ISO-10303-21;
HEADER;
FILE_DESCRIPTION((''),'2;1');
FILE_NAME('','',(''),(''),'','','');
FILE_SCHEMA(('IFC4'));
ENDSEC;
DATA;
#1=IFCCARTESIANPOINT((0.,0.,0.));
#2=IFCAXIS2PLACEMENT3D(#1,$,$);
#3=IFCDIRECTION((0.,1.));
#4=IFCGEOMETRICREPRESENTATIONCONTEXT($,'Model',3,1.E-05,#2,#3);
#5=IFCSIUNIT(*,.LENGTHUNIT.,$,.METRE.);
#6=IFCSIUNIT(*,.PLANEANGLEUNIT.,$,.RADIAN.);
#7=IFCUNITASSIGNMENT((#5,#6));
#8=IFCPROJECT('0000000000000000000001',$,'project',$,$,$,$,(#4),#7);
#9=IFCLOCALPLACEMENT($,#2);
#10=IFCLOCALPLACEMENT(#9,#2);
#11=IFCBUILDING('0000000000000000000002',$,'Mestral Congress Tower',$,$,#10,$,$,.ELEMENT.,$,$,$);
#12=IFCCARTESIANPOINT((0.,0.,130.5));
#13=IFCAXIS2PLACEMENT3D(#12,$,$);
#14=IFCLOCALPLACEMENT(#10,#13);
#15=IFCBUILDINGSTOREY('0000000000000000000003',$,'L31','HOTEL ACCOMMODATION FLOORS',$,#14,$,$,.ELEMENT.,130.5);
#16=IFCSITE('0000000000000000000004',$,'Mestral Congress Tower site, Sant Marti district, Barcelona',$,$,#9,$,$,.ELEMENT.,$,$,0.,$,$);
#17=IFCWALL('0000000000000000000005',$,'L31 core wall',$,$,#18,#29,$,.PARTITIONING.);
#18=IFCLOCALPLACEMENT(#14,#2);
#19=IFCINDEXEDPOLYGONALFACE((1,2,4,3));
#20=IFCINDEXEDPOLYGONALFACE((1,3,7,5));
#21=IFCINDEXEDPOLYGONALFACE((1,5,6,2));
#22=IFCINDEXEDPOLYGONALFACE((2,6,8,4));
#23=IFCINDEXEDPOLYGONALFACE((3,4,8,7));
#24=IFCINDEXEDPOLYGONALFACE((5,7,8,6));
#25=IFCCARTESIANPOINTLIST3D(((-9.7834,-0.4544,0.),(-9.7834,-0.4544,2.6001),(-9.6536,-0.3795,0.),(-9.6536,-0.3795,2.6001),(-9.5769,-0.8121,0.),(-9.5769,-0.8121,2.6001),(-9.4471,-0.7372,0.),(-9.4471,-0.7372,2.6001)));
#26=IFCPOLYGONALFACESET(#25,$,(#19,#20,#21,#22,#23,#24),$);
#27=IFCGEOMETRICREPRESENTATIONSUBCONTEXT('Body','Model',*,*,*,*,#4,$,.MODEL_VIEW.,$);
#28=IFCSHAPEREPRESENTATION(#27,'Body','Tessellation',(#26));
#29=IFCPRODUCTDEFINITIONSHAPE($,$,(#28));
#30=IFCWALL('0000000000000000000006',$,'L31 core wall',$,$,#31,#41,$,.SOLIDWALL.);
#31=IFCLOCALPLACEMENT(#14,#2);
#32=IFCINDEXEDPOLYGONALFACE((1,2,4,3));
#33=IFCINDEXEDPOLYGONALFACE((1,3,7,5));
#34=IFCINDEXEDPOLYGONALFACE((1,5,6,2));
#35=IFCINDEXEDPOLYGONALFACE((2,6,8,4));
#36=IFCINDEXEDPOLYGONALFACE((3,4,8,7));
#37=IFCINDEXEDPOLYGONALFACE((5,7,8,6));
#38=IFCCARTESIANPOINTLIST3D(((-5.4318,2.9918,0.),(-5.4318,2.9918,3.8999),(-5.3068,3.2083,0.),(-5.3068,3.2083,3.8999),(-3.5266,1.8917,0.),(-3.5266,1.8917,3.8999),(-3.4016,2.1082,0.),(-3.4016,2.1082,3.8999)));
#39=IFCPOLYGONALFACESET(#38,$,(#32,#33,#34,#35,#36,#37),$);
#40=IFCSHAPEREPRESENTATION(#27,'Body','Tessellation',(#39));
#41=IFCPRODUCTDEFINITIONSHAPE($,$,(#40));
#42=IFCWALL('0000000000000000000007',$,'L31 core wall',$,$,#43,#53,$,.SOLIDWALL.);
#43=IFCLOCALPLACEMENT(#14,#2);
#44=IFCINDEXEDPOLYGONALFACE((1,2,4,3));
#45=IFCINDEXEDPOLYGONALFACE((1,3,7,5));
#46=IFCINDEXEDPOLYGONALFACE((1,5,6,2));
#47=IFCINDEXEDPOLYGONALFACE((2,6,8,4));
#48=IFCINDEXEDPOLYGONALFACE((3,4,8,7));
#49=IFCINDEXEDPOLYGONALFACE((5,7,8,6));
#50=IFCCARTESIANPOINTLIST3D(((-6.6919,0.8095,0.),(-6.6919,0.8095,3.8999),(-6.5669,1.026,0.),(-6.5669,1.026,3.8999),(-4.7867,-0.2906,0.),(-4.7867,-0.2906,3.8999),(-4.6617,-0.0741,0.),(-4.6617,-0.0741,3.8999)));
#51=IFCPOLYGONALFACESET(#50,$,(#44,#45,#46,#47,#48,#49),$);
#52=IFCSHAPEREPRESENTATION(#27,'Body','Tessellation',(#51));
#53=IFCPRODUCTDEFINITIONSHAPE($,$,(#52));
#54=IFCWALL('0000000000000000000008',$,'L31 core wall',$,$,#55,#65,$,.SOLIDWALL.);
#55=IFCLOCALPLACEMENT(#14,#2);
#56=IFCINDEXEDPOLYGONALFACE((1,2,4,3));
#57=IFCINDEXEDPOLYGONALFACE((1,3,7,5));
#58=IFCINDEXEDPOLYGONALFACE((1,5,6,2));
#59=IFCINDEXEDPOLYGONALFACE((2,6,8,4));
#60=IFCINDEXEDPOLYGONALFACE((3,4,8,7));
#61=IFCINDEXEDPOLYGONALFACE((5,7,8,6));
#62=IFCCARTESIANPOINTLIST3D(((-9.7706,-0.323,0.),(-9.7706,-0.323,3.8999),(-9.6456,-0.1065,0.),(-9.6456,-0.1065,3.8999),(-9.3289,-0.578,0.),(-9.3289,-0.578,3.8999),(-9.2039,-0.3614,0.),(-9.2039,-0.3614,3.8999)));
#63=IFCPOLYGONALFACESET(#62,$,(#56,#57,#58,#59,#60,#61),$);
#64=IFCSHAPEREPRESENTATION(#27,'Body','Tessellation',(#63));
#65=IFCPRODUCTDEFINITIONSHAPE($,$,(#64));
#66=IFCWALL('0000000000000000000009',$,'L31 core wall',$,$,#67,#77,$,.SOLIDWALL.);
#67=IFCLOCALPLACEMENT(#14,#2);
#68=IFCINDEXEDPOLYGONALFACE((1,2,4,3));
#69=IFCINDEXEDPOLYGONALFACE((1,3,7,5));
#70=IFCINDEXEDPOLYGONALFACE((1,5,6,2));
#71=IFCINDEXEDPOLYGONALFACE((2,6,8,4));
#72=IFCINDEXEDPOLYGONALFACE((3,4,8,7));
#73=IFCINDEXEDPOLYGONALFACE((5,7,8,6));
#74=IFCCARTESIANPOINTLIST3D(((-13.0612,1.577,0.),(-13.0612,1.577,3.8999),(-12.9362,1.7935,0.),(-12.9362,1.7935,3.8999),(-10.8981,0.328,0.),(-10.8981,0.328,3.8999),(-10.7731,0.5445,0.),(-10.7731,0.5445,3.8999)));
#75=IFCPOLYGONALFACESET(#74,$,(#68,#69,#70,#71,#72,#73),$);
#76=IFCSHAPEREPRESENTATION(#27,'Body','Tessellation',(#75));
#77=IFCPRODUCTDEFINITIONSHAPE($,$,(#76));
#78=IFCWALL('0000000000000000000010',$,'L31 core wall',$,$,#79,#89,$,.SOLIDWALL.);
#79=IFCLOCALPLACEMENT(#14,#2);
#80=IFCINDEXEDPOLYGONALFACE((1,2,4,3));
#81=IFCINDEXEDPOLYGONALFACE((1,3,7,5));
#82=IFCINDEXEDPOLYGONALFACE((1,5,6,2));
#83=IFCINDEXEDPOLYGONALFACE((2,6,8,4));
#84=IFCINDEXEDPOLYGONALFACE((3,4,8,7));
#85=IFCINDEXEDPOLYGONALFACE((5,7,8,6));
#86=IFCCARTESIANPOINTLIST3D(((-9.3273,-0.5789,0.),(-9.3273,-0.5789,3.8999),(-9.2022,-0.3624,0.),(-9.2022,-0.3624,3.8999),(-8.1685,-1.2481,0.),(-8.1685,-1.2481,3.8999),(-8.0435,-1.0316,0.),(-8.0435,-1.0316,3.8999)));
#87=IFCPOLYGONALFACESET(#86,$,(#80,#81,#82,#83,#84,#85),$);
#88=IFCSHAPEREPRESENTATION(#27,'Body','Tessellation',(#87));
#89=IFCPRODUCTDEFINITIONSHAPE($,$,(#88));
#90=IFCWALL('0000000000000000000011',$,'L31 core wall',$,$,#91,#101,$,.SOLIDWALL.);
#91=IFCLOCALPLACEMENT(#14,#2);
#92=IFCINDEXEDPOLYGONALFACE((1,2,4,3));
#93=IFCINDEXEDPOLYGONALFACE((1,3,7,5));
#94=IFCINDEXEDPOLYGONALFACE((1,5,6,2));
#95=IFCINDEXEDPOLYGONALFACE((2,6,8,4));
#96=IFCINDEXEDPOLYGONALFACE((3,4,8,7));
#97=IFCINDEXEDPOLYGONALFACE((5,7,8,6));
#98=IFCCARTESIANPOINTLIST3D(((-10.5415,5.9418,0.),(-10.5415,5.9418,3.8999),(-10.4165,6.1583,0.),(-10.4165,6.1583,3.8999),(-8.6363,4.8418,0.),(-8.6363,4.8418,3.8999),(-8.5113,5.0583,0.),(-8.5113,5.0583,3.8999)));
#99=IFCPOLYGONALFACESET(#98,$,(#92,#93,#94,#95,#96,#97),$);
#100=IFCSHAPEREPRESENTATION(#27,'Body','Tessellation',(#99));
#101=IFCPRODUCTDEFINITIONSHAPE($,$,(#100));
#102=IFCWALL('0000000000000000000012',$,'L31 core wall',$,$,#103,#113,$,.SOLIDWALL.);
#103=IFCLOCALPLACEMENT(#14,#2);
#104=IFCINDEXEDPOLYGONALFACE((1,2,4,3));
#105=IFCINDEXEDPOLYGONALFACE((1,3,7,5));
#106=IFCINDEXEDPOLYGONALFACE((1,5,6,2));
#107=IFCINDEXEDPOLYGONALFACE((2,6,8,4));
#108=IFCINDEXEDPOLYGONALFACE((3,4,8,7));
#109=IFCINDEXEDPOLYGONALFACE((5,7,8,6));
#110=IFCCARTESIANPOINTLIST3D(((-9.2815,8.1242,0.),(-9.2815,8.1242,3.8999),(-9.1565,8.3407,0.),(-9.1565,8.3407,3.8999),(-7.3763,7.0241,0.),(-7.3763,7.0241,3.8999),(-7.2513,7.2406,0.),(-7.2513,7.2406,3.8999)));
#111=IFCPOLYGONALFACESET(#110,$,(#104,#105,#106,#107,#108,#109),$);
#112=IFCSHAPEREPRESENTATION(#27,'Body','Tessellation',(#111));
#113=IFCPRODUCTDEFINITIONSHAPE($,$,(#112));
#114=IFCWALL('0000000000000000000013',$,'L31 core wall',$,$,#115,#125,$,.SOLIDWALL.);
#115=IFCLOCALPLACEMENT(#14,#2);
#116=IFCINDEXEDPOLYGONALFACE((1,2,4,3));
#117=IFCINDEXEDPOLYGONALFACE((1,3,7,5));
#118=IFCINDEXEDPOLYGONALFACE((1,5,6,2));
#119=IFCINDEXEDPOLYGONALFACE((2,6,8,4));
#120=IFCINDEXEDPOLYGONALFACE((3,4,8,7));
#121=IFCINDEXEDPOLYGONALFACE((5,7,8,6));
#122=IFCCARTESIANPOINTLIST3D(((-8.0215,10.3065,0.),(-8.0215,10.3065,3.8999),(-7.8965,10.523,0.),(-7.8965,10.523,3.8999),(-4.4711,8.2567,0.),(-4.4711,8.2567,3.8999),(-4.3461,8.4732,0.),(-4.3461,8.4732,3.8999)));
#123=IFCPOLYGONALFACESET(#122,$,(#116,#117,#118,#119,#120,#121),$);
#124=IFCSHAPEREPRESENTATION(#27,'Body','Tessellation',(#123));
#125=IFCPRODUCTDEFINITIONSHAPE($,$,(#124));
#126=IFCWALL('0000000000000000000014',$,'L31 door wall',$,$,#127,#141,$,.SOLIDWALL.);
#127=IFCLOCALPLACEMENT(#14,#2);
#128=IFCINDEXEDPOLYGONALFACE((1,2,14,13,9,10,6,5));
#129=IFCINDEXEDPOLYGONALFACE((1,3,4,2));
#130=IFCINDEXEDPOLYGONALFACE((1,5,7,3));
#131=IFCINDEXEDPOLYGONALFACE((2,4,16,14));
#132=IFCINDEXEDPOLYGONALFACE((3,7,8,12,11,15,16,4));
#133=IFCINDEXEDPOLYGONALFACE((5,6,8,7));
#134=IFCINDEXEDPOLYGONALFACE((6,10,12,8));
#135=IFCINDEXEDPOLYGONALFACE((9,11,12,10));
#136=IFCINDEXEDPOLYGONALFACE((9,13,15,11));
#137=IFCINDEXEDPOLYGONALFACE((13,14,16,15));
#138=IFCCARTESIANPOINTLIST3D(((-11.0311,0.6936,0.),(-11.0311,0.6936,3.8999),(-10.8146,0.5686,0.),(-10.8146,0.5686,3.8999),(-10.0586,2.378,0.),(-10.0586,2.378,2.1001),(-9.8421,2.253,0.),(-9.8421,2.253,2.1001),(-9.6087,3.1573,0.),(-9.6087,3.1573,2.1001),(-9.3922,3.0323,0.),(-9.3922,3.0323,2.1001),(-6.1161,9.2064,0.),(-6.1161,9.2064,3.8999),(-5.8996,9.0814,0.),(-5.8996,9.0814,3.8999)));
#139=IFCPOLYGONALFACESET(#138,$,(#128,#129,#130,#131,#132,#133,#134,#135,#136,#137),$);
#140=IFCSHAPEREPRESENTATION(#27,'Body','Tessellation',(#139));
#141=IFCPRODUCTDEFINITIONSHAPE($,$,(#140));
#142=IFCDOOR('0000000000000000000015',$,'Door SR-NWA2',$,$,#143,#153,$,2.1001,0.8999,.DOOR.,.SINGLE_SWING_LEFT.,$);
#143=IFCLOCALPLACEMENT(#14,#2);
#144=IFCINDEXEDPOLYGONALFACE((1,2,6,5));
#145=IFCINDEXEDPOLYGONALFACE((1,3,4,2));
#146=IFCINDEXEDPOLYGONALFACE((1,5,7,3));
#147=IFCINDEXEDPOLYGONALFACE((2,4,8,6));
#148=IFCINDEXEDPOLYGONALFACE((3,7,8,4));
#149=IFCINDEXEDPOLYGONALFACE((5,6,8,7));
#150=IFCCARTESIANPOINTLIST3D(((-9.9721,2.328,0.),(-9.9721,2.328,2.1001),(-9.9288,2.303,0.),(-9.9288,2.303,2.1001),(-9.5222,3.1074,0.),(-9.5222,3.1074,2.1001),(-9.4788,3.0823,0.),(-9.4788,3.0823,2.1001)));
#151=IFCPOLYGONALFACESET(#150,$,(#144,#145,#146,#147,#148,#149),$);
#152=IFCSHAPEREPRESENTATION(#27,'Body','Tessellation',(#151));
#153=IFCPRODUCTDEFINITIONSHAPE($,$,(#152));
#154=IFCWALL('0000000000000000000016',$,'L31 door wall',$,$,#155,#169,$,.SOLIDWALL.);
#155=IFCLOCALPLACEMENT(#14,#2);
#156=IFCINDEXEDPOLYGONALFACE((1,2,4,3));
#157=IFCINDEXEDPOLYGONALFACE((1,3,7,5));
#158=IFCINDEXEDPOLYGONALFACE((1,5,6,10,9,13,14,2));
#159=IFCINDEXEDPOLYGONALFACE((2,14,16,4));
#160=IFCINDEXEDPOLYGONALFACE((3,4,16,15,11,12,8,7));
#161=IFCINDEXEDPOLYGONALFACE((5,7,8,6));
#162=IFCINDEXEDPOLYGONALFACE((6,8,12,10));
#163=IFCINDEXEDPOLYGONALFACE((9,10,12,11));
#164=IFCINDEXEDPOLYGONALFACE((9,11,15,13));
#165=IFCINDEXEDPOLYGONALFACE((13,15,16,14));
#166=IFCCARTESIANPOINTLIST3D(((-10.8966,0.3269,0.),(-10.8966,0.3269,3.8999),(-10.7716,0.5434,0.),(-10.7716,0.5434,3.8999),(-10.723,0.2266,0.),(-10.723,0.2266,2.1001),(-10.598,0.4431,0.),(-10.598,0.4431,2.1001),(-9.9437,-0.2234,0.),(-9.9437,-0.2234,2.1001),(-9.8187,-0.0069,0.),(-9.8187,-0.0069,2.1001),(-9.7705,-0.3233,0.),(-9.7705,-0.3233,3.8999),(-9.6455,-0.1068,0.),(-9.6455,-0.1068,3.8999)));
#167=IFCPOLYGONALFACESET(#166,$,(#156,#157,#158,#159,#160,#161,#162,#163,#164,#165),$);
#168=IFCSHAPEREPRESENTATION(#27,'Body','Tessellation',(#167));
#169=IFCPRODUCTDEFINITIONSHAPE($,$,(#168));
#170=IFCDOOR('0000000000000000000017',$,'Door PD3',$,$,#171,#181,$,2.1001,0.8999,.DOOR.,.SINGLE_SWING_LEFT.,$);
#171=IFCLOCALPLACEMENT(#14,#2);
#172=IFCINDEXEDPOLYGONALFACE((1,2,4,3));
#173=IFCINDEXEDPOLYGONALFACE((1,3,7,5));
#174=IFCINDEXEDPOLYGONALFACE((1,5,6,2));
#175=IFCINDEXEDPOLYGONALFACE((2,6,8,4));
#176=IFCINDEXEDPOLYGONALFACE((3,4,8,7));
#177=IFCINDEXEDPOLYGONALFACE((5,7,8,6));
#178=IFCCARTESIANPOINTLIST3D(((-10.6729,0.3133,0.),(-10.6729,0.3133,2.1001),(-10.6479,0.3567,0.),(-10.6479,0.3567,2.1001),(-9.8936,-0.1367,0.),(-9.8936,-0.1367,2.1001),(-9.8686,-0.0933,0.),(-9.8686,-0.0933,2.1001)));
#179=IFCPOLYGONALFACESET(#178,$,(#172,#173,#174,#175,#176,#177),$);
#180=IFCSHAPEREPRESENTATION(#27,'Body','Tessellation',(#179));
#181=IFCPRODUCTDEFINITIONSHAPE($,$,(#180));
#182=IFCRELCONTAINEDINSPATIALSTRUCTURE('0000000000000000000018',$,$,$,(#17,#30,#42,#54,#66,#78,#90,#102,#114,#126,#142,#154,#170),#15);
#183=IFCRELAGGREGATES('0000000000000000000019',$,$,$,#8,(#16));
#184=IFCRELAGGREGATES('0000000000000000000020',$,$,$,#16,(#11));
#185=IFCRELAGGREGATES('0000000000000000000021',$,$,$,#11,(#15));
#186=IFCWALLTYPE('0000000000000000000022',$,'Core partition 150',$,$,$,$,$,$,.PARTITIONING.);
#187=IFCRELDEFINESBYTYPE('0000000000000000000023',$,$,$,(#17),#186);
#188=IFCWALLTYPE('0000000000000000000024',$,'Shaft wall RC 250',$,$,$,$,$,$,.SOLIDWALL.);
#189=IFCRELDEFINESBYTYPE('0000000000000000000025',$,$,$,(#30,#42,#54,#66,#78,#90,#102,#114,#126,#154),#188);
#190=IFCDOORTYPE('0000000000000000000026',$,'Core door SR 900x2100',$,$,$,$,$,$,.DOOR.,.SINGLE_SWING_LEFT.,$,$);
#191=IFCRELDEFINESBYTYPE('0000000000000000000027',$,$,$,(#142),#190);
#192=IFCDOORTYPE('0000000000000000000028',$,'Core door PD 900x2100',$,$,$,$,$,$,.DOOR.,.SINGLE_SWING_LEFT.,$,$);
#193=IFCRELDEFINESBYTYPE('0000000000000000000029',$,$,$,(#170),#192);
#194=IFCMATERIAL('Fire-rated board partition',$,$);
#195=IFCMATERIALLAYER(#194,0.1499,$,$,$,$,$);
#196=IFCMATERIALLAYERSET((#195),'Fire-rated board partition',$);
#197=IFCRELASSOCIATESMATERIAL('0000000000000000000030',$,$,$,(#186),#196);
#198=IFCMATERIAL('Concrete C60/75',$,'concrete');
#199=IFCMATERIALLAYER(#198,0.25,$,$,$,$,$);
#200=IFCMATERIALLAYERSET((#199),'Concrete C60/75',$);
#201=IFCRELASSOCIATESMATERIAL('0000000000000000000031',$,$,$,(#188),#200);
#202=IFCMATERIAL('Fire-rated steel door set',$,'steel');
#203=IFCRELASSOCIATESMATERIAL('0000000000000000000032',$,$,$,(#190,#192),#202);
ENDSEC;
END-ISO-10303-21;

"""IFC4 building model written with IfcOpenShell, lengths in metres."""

from ifc_helpers import new_model, si_unit, direction, frame, frame_2d, origin, place, context, subcontext, project, spatial, rectangle, extrude, material, layer, layer_set, type_object, element, fill, save


model = new_model("IFC4")

# Units and contexts
model_context = context("Model", 3, precision=1e-05, world=origin(), true_north=direction((0.0, 1.0)))
body_context = subcontext(model_context, "Body", "Model", "MODEL_VIEW")
ifc_project = project(units=[si_unit("LENGTHUNIT", "METRE"), si_unit("PLANEANGLEUNIT", "RADIAN")], contexts=[model_context])

# Site, building, storey
site_placement = place(None, origin())
site = spatial("IfcSite", under=ifc_project, at=site_placement, Name="Mestral Congress Tower site, Sant Marti district, Barcelona", CompositionType="ELEMENT", RefElevation=0.0)
building_placement = place(site_placement, origin())
building = spatial("IfcBuilding", under=site, at=building_placement, Name="Mestral Congress Tower", CompositionType="ELEMENT")
storey_placement = place(building_placement, frame((0.0, 0.0, 130.5)))
storey = spatial("IfcBuildingStorey", under=building, at=storey_placement, Name="L31", Description="HOTEL ACCOMMODATION FLOORS", CompositionType="ELEMENT", Elevation=130.5)

# Walls
ifc_material_1 = material(Name="Fire-rated board partition")
ifc_layer_1 = layer(ifc_material_1, 0.1499)
ifc_layer_set_1 = layer_set([ifc_layer_1], Name="Fire-rated board partition")
wall_type_1 = type_object("IfcWallType", Name="Core partition 150", PredefinedType="PARTITIONING", material=ifc_layer_set_1)
wall_1_placement = place(storey_placement, frame((-9.512, -0.7747, 0.0), z_axis=(0.0, 0.0, 1.0), x_axis=(-0.500081, 0.865979, 0.0)))
element("IfcWall", 1, at=wall_1_placement, inside=storey, type_object=wall_type_1, Name="L31 core wall", PredefinedType="PARTITIONING", context=body_context, shape_type="SweptSolid", body=[
    extrude(rectangle(XDim=0.4131, YDim=0.1499, at=frame_2d((0.2065, 0.0))), origin(), (0.0, 0.0, 1.0), 2.6001),
])
ifc_material_2 = material(Name="Concrete C60/75", Category="concrete")
ifc_layer_2 = layer(ifc_material_2, 0.25)
ifc_layer_set_2 = layer_set([ifc_layer_2], Name="Concrete C60/75")
wall_type_2 = type_object("IfcWallType", Name="Shaft wall RC 250", PredefinedType="SOLIDWALL", material=ifc_layer_set_2)
for number, where, z_axis, x_axis, name in (
    (2, (-5.3694, 3.1001, 0.0), (0.0, 0.0, 1.0), (0.866008, -0.50003, 0.0), "L31 core wall"),
    (3, (-4.7241, -0.1824, 0.0), (0.0, 0.0, 1.0), (-0.866008, 0.50003, 0.0), "L31 core wall"),
):
    element("IfcWall", number, at=place(storey_placement, frame(where, z_axis=z_axis, x_axis=x_axis)), inside=storey, type_object=wall_type_2, Name=name, PredefinedType="SOLIDWALL", context=body_context, shape_type="SweptSolid", body=[
        extrude(rectangle(XDim=2.2, YDim=0.25, at=frame_2d((1.1001, 0.0))), origin(), (0.0, 0.0, 1.0), 3.8999),
    ])
wall_2_placement = place(storey_placement, frame((-9.708, -0.2148, 0.0), z_axis=(0.0, 0.0, 1.0), x_axis=(0.866114, -0.499847, 0.0)))
element("IfcWall", 4, at=wall_2_placement, inside=storey, type_object=wall_type_2, Name="L31 core wall", PredefinedType="SOLIDWALL", context=body_context, shape_type="SweptSolid", body=[
    extrude(rectangle(XDim=0.51, YDim=0.25, at=frame_2d((0.2549, 0.0))), origin(), (0.0, 0.0, 1.0), 3.8999),
])
wall_3_placement = place(storey_placement, frame((-12.9988, 1.6853, 0.0), z_axis=(0.0, 0.0, 1.0), x_axis=(0.865997, -0.50005, 0.0)))
element("IfcWall", 5, at=wall_3_placement, inside=storey, type_object=wall_type_2, Name="L31 core wall", PredefinedType="SOLIDWALL", context=body_context, shape_type="SweptSolid", body=[
    extrude(rectangle(XDim=2.4978, YDim=0.25, at=frame_2d((1.249, 0.0))), origin(), (0.0, 0.0, 1.0), 3.8999),
])
wall_4_placement = place(storey_placement, frame((-9.2646, -0.4707, 0.0), z_axis=(0.0, 0.0, 1.0), x_axis=(0.865955, -0.500123, 0.0)))
element("IfcWall", 6, at=wall_4_placement, inside=storey, type_object=wall_type_2, Name="L31 core wall", PredefinedType="SOLIDWALL", context=body_context, shape_type="SweptSolid", body=[
    extrude(rectangle(XDim=1.3381, YDim=0.25, at=frame_2d((0.6689, 0.0))), origin(), (0.0, 0.0, 1.0), 3.8999),
])
for number, where, z_axis, x_axis, name in (
    (7, (-8.5737, 4.95, 0.0), (0.0, 0.0, 1.0), (-0.866008, 0.50003, 0.0), "L31 core wall"),
    (8, (-7.3137, 7.1323, 0.0), (0.0, 0.0, 1.0), (-0.866008, 0.50003, 0.0), "L31 core wall"),
):
    element("IfcWall", number, at=place(storey_placement, frame(where, z_axis=z_axis, x_axis=x_axis)), inside=storey, type_object=wall_type_2, Name=name, PredefinedType="SOLIDWALL", context=body_context, shape_type="SweptSolid", body=[
        extrude(rectangle(XDim=2.2, YDim=0.25, at=frame_2d((1.1001, 0.0))), origin(), (0.0, 0.0, 1.0), 3.8999),
    ])
wall_5_placement = place(storey_placement, frame((-7.959, 10.4148, 0.0), z_axis=(0.0, 0.0, 1.0), x_axis=(0.866021, -0.500008, 0.0)))
element("IfcWall", 9, at=wall_5_placement, inside=storey, type_object=wall_type_2, Name="L31 core wall", PredefinedType="SOLIDWALL", context=body_context, shape_type="SweptSolid", body=[
    extrude(rectangle(XDim=4.0996, YDim=0.25, at=frame_2d((2.0498, 0.0))), origin(), (0.0, 0.0, 1.0), 3.8999),
])

# Walls, openings, doors
wall_6_placement = place(storey_placement, frame((-6.0078, 9.144, 0.0), z_axis=(0.0, 0.0, 1.0), x_axis=(-0.500007, -0.866021, 0.0)))
wall_6 = element("IfcWall", 10, at=wall_6_placement, inside=storey, type_object=wall_type_2, Name="L31 door wall", PredefinedType="SOLIDWALL", context=body_context, shape_type="SweptSolid", body=[
    extrude(rectangle(XDim=9.8298, YDim=0.25, at=frame_2d((4.915, 0.0))), origin(), (0.0, 0.0, 1.0), 3.8999),
])
opening_1_placement = place(wall_6_placement, frame((6.9851, 0.0, 0.0)))
opening_1 = element("IfcOpeningElement", 11, at=opening_1_placement, cuts=wall_6, PredefinedType="OPENING", context=body_context, shape_type="SweptSolid", body=[
    extrude(rectangle(XDim=0.8999, YDim=2.1001, at=frame_2d((0.45, 1.05))), frame((0.0, 0.135, 0.0), z_axis=(0.0, -1.0, 0.0), x_axis=(1.0, 0.0, 0.0)), (0.0, 0.0, 1.0), 0.27),
])
ifc_material_3 = material(Name="Fire-rated steel door set", Category="steel")
door_type_1 = type_object("IfcDoorType", Name="Core door SR 900x2100", OperationType="SINGLE_SWING_LEFT", PredefinedType="DOOR", material=ifc_material_3)
door_1_placement = place(opening_1_placement, origin())
door_1 = element("IfcDoor", 12, at=door_1_placement, inside=storey, type_object=door_type_1, Name="Door SR-NWA2", OperationType="SINGLE_SWING_LEFT", OverallHeight=2.1001, OverallWidth=0.8999, PredefinedType="DOOR", context=body_context, shape_type="SweptSolid", body=[
    extrude(rectangle(XDim=0.8999, YDim=2.1001, at=frame_2d((0.45, 1.05))), frame((0.0, 0.0249, 0.0), z_axis=(0.0, -1.0, 0.0), x_axis=(1.0, 0.0, 0.0)), (0.0, 0.0, 1.0), 0.05),
])
fill(opening_1, door_1)
wall_7_placement = place(storey_placement, frame((-9.708, -0.2151, 0.0), z_axis=(0.0, 0.0, 1.0), x_axis=(-0.866004, 0.500037, 0.0)))
wall_7 = element("IfcWall", 13, at=wall_7_placement, inside=storey, type_object=wall_type_2, Name="L31 door wall", PredefinedType="SOLIDWALL", context=body_context, shape_type="SweptSolid", body=[
    extrude(rectangle(XDim=1.3003, YDim=0.25, at=frame_2d((0.6501, 0.0))), origin(), (0.0, 0.0, 1.0), 3.8999),
])
opening_2_placement = place(wall_7_placement, frame((0.2, 0.0, 0.0)))
opening_2 = element("IfcOpeningElement", 14, at=opening_2_placement, cuts=wall_7, PredefinedType="OPENING", context=body_context, shape_type="SweptSolid", body=[
    extrude(rectangle(XDim=0.8999, YDim=2.1001, at=frame_2d((0.45, 1.05))), frame((0.0, 0.135, 0.0), z_axis=(0.0, -1.0, 0.0), x_axis=(1.0, 0.0, 0.0)), (0.0, 0.0, 1.0), 0.27),
])
door_type_2 = type_object("IfcDoorType", Name="Core door PD 900x2100", OperationType="SINGLE_SWING_LEFT", PredefinedType="DOOR", material=ifc_material_3)
door_2_placement = place(opening_2_placement, origin())
door_2 = element("IfcDoor", 15, at=door_2_placement, inside=storey, type_object=door_type_2, Name="Door PD3", OperationType="SINGLE_SWING_LEFT", OverallHeight=2.1001, OverallWidth=0.8999, PredefinedType="DOOR", context=body_context, shape_type="SweptSolid", body=[
    extrude(rectangle(XDim=0.8999, YDim=2.1001, at=frame_2d((0.45, 1.05))), frame((0.0, 0.0249, 0.0), z_axis=(0.0, -1.0, 0.0), x_axis=(1.0, 0.0, 0.0)), (0.0, 0.0, 1.0), 0.05),
])
fill(opening_2, door_2)

save(model, "model.ifc")
